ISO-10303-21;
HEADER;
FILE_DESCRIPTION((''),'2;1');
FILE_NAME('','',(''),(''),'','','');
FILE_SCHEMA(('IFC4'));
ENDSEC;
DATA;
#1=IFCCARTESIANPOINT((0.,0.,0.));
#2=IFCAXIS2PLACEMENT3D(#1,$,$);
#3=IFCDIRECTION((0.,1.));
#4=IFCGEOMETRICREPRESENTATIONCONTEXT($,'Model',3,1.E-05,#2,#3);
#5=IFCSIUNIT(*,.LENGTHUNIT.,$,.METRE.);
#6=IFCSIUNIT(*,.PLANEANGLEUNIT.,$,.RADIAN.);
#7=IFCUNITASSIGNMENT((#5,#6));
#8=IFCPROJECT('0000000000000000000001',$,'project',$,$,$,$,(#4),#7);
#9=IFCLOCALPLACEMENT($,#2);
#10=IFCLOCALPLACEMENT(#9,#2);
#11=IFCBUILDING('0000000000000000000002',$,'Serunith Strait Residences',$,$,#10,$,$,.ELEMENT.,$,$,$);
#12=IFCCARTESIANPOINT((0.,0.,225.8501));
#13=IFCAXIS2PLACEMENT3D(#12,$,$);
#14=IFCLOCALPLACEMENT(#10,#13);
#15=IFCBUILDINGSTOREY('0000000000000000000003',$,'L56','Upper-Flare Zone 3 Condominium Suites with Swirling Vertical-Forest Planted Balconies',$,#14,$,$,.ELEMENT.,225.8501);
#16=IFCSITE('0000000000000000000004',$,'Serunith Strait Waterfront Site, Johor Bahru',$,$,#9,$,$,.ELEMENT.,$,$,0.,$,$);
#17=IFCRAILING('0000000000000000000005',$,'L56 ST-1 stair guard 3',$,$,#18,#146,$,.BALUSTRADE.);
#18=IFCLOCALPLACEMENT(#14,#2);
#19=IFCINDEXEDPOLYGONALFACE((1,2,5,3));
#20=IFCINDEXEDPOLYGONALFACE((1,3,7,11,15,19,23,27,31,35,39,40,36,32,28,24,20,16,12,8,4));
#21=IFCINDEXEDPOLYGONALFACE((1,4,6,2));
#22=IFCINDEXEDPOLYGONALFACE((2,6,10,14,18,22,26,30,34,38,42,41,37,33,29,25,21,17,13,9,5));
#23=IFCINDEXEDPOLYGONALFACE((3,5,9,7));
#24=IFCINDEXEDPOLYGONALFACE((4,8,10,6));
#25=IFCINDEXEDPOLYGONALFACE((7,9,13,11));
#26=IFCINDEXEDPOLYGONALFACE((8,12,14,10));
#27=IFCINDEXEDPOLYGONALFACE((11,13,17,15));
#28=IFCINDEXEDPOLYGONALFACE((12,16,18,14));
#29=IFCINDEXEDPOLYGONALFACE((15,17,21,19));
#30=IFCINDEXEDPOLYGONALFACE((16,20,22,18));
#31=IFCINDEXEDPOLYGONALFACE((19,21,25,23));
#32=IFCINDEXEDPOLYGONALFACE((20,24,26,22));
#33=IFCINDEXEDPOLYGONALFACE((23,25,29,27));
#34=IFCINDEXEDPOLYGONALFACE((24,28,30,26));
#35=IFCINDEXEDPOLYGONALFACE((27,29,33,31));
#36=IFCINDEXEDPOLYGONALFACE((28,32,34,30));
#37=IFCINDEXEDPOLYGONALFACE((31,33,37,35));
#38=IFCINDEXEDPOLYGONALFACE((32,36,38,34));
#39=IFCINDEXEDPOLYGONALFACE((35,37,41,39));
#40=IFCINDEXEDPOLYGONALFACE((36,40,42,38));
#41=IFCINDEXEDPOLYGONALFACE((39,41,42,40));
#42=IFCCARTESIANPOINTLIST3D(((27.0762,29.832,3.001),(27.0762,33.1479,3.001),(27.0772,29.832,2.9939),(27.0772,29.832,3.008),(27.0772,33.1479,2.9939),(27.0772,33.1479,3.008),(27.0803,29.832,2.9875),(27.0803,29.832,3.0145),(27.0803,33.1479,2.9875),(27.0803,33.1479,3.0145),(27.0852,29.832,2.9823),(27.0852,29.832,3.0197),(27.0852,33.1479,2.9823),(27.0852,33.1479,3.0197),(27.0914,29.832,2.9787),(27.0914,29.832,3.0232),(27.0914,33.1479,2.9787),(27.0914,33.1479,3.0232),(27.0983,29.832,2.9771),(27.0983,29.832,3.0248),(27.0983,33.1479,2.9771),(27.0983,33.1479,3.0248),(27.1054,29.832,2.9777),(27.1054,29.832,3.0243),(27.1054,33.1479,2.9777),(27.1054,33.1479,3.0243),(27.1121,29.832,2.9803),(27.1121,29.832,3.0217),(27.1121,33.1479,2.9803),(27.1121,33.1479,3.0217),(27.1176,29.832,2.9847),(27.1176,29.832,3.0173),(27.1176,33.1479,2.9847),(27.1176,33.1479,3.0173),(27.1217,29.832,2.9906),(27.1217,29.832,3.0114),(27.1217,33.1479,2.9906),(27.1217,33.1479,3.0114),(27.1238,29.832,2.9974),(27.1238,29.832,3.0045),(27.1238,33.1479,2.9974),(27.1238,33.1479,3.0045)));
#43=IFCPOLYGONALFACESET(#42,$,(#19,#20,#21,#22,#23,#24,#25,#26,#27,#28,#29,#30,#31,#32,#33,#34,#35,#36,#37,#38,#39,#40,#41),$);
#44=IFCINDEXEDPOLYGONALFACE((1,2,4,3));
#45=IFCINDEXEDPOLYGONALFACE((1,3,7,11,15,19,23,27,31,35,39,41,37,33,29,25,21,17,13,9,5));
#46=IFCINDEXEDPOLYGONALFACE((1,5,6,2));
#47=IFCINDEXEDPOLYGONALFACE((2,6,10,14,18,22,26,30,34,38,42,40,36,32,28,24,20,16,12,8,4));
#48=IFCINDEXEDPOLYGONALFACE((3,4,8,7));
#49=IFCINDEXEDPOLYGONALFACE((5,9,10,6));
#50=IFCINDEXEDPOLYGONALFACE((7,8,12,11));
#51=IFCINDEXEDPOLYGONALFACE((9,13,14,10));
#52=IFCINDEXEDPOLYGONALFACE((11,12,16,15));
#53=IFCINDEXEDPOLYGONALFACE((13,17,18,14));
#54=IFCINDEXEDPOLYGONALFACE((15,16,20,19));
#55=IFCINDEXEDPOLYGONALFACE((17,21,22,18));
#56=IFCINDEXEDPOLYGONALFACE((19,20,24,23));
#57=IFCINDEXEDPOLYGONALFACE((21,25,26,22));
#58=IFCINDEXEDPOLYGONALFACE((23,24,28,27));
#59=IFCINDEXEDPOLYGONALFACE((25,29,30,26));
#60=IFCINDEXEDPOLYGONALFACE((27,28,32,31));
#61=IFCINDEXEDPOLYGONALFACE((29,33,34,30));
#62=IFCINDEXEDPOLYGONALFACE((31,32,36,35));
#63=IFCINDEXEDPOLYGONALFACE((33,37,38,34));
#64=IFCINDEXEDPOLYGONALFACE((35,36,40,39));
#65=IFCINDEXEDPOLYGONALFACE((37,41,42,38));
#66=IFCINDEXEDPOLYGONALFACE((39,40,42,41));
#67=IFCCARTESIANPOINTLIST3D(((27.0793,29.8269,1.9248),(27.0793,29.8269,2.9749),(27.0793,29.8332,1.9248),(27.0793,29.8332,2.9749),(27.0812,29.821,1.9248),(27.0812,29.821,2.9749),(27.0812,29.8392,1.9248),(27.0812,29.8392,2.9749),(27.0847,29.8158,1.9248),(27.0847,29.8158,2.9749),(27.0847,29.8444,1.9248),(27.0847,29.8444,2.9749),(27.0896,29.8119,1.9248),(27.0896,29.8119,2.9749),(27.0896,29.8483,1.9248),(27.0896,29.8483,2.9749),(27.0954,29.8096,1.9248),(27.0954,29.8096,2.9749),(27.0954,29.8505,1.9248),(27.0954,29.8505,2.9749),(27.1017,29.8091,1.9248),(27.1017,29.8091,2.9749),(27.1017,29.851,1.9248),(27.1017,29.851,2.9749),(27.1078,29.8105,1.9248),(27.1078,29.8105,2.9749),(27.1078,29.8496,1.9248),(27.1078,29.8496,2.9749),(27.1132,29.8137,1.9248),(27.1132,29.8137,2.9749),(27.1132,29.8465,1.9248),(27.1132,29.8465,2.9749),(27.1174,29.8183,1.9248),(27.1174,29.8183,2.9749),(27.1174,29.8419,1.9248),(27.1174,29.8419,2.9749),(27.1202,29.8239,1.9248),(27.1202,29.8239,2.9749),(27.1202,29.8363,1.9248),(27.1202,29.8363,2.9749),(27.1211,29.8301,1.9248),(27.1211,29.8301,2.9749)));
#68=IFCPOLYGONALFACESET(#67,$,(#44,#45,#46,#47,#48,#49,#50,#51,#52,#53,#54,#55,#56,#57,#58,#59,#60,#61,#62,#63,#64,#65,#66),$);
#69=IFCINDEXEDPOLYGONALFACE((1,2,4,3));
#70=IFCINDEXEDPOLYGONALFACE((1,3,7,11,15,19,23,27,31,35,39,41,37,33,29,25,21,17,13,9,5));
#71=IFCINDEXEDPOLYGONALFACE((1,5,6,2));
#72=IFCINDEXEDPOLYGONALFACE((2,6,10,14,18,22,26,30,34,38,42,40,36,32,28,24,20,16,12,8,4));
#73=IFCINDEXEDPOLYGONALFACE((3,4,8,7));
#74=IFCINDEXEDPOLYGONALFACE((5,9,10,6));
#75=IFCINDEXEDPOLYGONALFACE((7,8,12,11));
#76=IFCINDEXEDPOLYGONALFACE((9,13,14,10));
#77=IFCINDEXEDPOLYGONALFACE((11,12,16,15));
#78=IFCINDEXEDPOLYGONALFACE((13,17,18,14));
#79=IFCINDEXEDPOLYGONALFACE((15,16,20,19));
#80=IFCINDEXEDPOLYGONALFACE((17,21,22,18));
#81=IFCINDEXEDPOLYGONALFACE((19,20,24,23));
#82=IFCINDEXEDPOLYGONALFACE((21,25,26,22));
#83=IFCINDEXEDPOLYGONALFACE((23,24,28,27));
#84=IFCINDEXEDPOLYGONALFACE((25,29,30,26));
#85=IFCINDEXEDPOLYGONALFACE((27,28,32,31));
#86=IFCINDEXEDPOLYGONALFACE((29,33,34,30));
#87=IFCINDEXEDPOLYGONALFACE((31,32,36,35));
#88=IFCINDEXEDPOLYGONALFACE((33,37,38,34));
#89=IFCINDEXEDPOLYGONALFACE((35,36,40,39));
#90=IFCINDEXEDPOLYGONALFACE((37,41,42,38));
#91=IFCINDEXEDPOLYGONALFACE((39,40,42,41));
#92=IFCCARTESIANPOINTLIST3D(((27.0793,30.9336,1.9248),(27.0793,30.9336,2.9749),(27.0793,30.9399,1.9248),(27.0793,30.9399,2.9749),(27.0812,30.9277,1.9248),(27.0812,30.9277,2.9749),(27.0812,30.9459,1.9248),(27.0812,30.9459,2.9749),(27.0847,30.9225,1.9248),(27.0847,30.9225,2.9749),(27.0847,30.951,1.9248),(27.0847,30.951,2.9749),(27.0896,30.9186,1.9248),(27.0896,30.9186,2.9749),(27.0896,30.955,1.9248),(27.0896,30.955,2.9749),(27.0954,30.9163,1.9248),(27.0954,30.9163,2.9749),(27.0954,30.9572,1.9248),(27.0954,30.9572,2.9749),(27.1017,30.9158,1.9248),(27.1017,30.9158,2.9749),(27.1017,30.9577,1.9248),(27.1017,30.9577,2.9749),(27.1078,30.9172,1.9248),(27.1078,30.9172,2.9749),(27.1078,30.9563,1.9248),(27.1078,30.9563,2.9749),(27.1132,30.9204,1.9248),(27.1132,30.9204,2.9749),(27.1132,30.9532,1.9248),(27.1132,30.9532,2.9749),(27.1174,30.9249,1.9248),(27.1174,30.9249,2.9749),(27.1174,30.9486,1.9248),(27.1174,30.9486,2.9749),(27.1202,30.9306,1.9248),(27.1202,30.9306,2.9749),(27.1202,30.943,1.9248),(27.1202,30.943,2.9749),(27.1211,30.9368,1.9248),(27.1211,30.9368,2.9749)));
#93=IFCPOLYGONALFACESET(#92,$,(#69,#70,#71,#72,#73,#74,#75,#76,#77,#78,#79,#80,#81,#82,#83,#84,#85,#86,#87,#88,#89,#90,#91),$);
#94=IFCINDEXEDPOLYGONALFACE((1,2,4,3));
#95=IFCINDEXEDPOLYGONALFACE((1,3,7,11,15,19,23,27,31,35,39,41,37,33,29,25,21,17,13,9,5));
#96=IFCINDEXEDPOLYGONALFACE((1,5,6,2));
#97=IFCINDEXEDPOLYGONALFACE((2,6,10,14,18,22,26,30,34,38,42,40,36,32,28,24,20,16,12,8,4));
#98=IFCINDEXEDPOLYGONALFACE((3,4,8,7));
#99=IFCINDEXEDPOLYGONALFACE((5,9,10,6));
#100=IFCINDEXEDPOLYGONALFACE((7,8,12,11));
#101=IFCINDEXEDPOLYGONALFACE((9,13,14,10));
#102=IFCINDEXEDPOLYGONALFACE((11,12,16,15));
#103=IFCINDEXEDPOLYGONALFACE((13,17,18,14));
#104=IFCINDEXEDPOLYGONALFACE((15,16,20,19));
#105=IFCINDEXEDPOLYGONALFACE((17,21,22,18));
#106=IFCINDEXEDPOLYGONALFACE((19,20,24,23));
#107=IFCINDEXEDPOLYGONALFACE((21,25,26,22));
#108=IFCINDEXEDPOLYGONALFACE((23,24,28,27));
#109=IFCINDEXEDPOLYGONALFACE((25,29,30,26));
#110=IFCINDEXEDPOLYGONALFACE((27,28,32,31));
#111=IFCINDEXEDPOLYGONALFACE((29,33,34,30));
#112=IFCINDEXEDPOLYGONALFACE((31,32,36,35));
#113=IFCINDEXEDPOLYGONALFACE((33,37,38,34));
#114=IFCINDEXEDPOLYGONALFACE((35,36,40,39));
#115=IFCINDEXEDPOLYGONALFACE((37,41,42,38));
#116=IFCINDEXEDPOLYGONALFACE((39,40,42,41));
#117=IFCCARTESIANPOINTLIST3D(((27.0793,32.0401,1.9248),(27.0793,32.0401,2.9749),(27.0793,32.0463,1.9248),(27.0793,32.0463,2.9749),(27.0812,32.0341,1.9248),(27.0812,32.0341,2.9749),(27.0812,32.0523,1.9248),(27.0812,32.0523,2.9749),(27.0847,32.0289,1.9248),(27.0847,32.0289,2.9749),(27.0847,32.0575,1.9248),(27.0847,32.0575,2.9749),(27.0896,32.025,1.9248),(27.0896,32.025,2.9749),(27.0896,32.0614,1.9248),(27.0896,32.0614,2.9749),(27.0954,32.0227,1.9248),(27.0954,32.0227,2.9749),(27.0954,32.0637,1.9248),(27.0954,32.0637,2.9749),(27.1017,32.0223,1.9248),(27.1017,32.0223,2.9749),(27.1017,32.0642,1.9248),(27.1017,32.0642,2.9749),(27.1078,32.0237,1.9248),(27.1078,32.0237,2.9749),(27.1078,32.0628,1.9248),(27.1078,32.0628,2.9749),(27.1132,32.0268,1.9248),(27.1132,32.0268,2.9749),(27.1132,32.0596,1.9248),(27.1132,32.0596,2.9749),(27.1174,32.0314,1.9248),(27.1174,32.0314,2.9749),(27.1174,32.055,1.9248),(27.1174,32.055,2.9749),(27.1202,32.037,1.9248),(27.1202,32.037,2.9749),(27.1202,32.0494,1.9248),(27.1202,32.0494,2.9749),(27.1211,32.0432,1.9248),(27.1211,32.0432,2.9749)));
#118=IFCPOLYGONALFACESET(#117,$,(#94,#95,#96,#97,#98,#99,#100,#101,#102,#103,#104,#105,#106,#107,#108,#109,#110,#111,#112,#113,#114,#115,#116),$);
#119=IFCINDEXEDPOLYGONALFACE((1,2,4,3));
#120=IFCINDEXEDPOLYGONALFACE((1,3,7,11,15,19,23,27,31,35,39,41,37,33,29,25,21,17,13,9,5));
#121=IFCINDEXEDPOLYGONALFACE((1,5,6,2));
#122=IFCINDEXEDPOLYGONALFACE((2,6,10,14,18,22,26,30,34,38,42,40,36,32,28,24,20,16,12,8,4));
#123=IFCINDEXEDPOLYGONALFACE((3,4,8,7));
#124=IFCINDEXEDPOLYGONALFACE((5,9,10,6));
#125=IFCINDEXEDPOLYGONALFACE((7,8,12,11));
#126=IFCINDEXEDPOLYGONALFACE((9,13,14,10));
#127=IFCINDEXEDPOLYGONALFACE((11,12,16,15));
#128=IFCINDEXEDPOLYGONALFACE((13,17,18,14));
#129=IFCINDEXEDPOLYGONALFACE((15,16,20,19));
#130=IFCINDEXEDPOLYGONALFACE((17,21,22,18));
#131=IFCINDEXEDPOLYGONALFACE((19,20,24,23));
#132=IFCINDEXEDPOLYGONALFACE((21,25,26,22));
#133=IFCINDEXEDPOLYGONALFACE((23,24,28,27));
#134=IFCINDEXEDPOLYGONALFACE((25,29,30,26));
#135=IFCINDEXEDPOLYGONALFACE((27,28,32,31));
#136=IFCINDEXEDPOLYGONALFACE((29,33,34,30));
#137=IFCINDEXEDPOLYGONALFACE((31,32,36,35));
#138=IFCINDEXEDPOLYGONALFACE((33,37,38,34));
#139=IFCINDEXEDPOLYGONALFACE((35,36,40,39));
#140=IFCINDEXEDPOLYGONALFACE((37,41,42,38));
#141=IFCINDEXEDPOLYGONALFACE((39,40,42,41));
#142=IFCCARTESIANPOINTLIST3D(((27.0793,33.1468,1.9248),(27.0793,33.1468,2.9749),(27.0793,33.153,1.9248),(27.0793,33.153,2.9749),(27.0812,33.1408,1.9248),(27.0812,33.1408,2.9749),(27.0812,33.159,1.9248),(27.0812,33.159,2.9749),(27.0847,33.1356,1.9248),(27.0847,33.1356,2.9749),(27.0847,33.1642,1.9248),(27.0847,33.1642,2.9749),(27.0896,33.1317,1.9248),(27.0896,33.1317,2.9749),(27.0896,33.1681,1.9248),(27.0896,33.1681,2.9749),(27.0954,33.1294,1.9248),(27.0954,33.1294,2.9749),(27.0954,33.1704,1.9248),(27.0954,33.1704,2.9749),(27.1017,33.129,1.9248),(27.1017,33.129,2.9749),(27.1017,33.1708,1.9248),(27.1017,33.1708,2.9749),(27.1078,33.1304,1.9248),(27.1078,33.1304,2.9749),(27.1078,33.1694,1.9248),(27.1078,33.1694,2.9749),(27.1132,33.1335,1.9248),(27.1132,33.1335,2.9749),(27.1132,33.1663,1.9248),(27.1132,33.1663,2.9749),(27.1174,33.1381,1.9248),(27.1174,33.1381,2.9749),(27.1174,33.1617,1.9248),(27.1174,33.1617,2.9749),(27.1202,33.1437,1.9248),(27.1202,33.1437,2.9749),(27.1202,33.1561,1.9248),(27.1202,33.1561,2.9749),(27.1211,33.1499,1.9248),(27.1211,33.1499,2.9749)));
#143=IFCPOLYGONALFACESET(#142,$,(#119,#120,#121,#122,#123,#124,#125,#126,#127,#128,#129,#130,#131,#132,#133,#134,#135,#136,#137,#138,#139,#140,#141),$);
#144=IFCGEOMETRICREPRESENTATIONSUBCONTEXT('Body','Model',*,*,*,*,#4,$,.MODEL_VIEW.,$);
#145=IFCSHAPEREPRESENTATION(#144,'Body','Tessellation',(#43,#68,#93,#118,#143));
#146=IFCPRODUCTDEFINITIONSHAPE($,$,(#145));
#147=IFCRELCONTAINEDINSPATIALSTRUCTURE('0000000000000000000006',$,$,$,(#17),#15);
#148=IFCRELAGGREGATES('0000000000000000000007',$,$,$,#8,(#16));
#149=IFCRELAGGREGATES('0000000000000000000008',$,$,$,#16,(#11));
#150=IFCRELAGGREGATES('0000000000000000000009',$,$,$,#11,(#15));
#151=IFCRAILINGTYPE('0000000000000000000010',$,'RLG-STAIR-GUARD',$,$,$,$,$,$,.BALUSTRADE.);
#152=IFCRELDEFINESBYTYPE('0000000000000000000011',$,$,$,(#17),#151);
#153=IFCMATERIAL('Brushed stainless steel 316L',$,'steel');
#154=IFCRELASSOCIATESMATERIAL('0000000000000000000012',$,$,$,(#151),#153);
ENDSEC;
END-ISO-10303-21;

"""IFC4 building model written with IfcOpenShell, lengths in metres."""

from ifc_helpers import new_model, si_unit, direction, frame, origin, origin_2d, place, context, subcontext, project, spatial, circle, extrude, material, type_object, element, save


model = new_model("IFC4")

# Units and contexts
model_context = context("Model", 3, precision=1e-05, world=origin(), true_north=direction((0.0, 1.0)))
body_context = subcontext(model_context, "Body", "Model", "MODEL_VIEW")
ifc_project = project(units=[si_unit("LENGTHUNIT", "METRE"), si_unit("PLANEANGLEUNIT", "RADIAN")], contexts=[model_context])

# Site, building, storey
site_placement = place(None, origin())
site = spatial("IfcSite", under=ifc_project, at=site_placement, Name="Serunith Strait Waterfront Site, Johor Bahru", CompositionType="ELEMENT", RefElevation=0.0)
building_placement = place(site_placement, origin())
building = spatial("IfcBuilding", under=site, at=building_placement, Name="Serunith Strait Residences", CompositionType="ELEMENT")
storey_placement = place(building_placement, frame((0.0, 0.0, 225.8501)))
storey = spatial("IfcBuildingStorey", under=building, at=storey_placement, Name="L56", Description="Upper-Flare Zone 3 Condominium Suites with Swirling Vertical-Forest Planted Balconies", CompositionType="ELEMENT", Elevation=225.8501)

# Railing
ifc_material_1 = material(Name="Brushed stainless steel 316L", Category="steel")
railing_type_1 = type_object("IfcRailingType", Name="RLG-STAIR-GUARD", PredefinedType="BALUSTRADE", material=ifc_material_1)
for number, where, name in (
    (1, (27.1001, 29.8301, 1.9248), "L56 ST-1 stair guard 3"),
):
    element("IfcRailing", number, at=place(storey_placement, frame(where)), inside=storey, type_object=railing_type_1, Name=name, PredefinedType="BALUSTRADE", context=body_context, shape_type="SweptSolid", body=[
        extrude(circle(Radius=0.0239, at=origin_2d()), frame((0.0, 0.002, 1.0762), z_axis=(0.0, 1.0, 0.0), x_axis=(-1.0, 0.0, 0.0)), (0.0, 0.0, 1.0), 3.3159),
        extrude(circle(Radius=0.021, at=origin_2d()), origin(), (0.0, 0.0, 1.0), 1.05),
        extrude(circle(Radius=0.021, at=origin_2d()), frame((0.0, 1.1067, 0.0)), (0.0, 0.0, 1.0), 1.05),
        extrude(circle(Radius=0.021, at=origin_2d()), frame((0.0, 2.2131, 0.0)), (0.0, 0.0, 1.0), 1.05),
        extrude(circle(Radius=0.021, at=origin_2d()), frame((0.0, 3.3198, 0.0)), (0.0, 0.0, 1.0), 1.05),
    ])

save(model, "model.ifc")
